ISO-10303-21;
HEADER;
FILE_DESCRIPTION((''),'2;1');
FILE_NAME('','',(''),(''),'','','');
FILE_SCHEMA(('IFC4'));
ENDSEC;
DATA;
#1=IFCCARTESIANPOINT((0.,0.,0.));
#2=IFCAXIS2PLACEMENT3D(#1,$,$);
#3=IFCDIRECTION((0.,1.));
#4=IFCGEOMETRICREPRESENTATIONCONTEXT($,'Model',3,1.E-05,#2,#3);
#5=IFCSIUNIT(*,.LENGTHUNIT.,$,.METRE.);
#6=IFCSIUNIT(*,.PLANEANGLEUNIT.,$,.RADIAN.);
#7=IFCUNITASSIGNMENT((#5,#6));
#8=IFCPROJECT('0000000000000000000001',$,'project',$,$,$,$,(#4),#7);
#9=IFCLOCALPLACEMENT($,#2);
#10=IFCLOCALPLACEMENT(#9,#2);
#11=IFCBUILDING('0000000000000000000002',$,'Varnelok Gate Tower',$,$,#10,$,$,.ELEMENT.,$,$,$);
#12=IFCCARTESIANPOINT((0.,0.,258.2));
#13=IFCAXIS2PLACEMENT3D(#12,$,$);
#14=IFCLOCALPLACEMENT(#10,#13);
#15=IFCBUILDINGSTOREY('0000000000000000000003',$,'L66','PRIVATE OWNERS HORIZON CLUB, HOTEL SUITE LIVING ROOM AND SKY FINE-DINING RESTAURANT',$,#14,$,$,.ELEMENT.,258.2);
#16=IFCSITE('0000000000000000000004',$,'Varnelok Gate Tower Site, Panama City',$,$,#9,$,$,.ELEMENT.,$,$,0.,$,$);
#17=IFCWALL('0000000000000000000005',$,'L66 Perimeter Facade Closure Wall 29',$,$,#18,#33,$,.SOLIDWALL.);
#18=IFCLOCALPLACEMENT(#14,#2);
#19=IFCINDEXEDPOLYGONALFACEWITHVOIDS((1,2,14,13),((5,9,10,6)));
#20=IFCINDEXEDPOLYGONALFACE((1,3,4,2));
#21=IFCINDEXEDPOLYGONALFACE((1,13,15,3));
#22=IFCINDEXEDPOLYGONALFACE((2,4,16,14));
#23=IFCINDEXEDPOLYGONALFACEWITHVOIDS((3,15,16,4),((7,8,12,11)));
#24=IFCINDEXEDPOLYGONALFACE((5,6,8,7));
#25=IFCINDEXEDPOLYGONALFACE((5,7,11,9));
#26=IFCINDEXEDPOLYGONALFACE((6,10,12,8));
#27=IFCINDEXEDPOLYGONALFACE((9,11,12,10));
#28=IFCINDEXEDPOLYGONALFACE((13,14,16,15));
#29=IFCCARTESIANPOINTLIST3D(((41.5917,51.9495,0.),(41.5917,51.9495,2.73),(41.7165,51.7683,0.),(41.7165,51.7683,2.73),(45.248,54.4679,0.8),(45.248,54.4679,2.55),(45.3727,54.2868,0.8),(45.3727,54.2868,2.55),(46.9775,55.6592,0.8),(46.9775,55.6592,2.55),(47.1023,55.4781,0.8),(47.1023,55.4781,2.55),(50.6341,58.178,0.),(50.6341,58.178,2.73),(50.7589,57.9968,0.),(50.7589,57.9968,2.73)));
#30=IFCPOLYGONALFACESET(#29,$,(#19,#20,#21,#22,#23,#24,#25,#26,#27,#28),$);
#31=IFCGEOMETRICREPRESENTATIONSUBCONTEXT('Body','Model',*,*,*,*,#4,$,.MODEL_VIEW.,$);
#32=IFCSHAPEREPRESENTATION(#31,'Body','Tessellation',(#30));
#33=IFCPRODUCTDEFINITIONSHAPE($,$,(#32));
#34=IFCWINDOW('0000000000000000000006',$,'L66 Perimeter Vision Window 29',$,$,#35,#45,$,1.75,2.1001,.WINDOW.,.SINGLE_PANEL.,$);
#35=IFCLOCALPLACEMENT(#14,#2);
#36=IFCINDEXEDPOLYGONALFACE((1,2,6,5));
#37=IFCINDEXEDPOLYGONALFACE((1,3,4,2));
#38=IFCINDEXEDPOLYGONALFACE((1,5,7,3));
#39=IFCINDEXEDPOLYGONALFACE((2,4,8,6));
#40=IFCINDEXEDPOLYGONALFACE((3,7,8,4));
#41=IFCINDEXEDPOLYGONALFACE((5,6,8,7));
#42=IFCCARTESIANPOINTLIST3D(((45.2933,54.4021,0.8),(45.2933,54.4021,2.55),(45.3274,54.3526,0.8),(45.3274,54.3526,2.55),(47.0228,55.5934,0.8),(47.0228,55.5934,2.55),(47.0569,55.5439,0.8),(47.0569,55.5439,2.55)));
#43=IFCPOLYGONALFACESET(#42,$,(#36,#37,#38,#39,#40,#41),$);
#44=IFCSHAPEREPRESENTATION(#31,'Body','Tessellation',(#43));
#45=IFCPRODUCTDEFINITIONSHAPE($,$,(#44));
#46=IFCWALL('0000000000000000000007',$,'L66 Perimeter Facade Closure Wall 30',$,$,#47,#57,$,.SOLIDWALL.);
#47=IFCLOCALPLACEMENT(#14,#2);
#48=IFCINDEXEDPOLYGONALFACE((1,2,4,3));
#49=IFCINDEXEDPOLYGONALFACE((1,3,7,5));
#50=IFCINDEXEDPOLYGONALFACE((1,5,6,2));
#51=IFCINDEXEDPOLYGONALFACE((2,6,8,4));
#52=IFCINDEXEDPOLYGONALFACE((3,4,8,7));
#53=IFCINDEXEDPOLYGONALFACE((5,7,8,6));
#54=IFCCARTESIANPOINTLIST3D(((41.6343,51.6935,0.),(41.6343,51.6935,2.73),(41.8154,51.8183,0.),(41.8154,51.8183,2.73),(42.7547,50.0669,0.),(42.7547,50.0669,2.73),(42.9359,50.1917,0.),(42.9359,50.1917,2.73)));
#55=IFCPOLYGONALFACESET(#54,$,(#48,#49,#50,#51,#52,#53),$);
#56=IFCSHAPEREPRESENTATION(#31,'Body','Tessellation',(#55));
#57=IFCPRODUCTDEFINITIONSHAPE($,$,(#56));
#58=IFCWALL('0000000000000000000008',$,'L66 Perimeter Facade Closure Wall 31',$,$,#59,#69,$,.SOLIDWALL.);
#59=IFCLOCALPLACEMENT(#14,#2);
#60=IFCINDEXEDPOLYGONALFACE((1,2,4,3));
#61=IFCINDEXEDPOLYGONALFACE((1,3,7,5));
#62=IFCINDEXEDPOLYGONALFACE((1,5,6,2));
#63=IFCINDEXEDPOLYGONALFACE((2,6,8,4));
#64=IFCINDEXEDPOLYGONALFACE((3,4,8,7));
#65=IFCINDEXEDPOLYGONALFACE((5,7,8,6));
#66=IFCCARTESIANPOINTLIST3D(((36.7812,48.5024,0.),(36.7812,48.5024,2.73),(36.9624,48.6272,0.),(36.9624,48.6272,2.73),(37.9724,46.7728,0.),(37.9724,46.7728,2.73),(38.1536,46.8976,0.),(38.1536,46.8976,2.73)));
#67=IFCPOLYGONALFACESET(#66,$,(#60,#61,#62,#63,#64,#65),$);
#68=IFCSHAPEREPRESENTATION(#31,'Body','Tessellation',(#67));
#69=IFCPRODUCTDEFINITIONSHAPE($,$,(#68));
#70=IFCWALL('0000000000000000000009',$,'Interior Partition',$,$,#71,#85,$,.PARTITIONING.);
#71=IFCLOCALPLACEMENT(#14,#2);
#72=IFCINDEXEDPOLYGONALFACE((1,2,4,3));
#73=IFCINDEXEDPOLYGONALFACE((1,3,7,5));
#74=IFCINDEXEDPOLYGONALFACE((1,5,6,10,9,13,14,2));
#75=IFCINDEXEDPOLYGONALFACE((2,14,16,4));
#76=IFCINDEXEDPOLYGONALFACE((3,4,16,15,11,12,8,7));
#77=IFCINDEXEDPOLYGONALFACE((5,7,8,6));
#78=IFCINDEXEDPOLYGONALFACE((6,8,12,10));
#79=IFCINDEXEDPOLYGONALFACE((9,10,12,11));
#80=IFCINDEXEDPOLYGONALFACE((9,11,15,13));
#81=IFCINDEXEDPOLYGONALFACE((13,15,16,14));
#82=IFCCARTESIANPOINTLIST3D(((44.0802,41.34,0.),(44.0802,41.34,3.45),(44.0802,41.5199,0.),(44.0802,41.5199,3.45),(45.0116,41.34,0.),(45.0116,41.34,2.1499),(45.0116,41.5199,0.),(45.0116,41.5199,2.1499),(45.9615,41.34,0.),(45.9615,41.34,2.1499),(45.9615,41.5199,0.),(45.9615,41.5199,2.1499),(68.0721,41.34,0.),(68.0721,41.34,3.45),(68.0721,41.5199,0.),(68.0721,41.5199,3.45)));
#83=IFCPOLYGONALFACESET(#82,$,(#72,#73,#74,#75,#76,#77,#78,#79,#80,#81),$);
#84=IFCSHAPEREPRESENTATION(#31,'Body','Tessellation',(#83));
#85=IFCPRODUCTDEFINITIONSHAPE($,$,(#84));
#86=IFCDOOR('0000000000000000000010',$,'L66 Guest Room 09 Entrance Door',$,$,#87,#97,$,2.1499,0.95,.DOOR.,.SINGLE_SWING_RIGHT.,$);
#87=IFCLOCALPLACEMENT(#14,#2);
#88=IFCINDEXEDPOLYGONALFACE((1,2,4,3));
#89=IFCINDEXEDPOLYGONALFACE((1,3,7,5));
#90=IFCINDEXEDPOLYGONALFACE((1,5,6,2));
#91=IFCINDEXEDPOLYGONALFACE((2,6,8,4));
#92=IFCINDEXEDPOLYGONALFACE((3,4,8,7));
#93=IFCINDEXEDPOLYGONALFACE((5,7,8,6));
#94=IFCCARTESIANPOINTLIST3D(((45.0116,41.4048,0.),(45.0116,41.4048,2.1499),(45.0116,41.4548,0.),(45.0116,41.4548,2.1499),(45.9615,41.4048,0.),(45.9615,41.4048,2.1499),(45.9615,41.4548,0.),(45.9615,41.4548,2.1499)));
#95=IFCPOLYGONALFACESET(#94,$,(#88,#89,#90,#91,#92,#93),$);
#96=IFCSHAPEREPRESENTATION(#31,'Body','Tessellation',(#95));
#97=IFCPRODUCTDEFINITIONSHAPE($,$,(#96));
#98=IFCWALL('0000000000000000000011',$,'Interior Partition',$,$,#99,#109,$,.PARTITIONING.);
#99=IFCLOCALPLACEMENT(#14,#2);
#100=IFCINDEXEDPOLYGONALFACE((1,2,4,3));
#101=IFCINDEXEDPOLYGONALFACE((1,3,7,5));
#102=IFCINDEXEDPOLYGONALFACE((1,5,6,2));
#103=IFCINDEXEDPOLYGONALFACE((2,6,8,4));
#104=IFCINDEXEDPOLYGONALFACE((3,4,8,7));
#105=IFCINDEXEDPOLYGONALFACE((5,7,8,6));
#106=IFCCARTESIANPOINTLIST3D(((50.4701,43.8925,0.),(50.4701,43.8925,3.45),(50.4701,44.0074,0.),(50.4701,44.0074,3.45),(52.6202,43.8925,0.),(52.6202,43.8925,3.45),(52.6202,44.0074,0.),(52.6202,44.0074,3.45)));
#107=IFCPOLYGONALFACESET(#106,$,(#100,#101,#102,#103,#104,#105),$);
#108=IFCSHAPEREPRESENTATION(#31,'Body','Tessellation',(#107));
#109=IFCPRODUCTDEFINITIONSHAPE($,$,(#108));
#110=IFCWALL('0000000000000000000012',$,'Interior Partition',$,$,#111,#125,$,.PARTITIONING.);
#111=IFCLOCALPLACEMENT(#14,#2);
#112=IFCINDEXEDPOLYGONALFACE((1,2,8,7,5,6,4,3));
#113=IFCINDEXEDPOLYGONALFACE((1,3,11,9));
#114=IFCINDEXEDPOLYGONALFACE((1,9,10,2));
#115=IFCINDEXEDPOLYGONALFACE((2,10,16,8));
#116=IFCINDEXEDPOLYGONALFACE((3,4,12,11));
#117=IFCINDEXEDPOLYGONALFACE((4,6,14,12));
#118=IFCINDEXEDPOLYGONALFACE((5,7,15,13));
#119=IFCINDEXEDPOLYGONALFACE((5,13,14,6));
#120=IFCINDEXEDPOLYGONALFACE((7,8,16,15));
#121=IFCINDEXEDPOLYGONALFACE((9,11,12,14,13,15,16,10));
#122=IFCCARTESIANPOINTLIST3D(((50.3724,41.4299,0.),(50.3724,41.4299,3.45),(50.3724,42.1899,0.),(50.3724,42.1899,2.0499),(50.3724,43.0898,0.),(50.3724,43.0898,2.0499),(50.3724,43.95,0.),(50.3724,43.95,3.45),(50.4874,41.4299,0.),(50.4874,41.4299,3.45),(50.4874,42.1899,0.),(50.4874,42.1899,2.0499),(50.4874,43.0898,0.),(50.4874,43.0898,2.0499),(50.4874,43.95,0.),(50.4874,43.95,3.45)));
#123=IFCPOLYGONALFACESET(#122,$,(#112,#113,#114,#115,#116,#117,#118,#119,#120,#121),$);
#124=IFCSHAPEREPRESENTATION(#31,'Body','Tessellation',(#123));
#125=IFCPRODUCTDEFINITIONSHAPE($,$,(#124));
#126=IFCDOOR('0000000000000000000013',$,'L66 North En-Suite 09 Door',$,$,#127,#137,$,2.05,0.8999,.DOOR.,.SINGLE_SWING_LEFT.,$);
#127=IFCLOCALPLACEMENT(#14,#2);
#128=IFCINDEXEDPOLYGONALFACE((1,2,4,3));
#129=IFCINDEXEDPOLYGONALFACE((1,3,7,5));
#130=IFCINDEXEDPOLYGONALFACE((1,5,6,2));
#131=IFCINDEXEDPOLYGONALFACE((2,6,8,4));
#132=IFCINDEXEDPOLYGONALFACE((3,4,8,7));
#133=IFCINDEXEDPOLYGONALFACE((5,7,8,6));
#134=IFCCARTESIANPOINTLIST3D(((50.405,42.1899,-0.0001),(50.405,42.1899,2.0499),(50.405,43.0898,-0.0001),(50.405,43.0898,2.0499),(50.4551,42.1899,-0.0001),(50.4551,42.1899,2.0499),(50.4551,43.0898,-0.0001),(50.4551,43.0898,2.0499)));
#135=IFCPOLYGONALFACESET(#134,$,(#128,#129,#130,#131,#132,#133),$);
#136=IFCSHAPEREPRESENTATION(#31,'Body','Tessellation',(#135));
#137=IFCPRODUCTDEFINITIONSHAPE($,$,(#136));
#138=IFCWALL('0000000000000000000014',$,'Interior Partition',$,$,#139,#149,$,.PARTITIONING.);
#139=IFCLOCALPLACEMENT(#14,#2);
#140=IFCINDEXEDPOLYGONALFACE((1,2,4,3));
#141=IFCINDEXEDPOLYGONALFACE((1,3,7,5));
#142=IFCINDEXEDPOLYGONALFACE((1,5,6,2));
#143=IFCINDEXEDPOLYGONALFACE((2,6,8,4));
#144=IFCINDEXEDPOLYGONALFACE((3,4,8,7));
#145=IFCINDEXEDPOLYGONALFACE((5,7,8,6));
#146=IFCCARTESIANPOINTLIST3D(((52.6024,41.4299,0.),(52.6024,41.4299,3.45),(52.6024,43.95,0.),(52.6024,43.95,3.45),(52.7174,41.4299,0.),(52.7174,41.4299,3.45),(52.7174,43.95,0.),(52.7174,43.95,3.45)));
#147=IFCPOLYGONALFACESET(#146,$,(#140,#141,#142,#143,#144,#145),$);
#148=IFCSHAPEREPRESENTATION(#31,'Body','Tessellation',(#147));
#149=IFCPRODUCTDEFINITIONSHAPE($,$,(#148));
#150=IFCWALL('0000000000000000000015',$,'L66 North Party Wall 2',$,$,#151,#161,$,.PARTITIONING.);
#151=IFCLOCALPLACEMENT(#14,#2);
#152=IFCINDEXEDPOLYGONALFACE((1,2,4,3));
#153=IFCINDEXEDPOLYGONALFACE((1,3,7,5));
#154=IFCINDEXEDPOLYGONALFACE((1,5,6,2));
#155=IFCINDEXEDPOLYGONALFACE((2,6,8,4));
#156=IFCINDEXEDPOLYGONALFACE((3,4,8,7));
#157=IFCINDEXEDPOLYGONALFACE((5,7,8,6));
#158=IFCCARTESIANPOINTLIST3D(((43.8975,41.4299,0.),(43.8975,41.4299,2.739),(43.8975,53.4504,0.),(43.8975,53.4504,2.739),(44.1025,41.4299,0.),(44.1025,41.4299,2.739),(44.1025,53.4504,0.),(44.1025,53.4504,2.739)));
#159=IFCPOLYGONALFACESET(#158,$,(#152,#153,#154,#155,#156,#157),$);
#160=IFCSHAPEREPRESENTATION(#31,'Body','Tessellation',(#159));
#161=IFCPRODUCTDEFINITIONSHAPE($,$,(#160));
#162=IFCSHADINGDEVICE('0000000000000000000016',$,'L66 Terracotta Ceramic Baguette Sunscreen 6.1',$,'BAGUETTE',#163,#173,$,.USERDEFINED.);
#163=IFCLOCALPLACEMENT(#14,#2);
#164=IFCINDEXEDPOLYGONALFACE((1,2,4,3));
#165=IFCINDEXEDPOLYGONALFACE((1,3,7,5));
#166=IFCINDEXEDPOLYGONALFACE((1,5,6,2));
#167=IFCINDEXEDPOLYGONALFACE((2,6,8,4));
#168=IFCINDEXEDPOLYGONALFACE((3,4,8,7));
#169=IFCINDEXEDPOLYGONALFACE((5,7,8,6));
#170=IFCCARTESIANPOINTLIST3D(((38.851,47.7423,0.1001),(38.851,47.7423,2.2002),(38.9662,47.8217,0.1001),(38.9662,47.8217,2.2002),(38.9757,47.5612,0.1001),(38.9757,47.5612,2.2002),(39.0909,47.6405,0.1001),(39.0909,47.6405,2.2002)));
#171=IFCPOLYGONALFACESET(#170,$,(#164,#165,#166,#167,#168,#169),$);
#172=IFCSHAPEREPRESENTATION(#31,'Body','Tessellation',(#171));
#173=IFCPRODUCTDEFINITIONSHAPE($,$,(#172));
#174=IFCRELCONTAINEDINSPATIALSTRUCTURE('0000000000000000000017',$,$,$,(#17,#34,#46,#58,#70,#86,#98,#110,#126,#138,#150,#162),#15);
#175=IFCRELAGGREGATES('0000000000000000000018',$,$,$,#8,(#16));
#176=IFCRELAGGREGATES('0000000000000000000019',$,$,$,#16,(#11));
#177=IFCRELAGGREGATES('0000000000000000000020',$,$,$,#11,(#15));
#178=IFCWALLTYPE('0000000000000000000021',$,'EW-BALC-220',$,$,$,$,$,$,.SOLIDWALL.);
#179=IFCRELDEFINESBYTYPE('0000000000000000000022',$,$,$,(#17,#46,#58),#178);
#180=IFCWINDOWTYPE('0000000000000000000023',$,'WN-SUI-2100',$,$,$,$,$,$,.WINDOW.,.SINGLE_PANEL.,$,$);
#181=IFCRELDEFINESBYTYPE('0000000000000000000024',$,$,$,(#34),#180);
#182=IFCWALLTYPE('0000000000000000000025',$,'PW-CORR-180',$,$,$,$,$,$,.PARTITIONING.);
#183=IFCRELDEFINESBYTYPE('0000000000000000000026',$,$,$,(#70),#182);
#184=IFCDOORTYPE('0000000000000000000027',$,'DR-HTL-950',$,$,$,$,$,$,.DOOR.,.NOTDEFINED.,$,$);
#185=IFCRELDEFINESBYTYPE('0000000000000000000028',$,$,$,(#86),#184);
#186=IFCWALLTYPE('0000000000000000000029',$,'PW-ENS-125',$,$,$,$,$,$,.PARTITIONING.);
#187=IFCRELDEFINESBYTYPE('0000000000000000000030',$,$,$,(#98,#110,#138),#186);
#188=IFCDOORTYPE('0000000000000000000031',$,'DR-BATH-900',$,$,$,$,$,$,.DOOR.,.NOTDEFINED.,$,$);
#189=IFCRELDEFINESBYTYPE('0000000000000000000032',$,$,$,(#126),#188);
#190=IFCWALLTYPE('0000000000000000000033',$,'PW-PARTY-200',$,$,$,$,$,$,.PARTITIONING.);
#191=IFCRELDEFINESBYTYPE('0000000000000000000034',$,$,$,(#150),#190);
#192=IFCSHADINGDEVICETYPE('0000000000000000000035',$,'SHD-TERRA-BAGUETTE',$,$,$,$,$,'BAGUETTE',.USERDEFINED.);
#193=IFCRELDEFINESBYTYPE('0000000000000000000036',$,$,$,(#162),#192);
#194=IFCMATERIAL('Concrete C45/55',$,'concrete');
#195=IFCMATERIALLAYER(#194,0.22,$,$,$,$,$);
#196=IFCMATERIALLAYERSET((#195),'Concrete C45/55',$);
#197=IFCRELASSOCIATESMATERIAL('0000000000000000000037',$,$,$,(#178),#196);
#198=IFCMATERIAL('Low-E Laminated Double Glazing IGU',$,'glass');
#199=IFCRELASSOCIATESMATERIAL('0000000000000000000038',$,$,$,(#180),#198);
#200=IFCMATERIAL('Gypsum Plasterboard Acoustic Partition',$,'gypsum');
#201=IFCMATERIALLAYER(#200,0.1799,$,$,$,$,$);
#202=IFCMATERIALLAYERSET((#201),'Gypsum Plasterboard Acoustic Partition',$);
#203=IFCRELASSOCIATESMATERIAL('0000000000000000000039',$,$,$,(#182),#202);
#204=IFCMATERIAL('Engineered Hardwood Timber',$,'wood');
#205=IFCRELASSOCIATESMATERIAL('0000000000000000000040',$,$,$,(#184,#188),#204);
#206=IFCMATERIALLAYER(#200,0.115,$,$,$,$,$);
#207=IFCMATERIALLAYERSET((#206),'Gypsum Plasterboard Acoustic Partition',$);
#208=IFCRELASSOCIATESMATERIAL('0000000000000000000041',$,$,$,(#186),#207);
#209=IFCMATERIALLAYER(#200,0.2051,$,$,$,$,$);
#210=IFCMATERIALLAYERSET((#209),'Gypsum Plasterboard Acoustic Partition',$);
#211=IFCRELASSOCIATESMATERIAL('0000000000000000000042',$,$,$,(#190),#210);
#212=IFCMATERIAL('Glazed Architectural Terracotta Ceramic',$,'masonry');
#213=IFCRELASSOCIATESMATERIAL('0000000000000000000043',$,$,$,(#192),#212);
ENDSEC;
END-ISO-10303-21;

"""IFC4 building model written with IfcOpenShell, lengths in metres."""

from ifc_helpers import new_model, si_unit, direction, frame, frame_2d, origin, origin_2d, place, context, subcontext, project, spatial, rectangle, extrude, source, transform, mapped, material, layer, layer_set, type_object, element, fill, save


model = new_model("IFC4")

# Units and contexts
model_context = context("Model", 3, precision=1e-05, world=origin(), true_north=direction((0.0, 1.0)))
body_context = subcontext(model_context, "Body", "Model", "MODEL_VIEW")
ifc_project = project(units=[si_unit("LENGTHUNIT", "METRE"), si_unit("PLANEANGLEUNIT", "RADIAN")], contexts=[model_context])

# Site, building, storey
site_placement = place(None, origin())
site = spatial("IfcSite", under=ifc_project, at=site_placement, Name="Varnelok Gate Tower Site, Panama City", CompositionType="ELEMENT", RefElevation=0.0)
building_placement = place(site_placement, origin())
building = spatial("IfcBuilding", under=site, at=building_placement, Name="Varnelok Gate Tower", CompositionType="ELEMENT")
storey_placement = place(building_placement, frame((0.0, 0.0, 258.2)))
storey = spatial("IfcBuildingStorey", under=building, at=storey_placement, Name="L66", Description="PRIVATE OWNERS HORIZON CLUB, HOTEL SUITE LIVING ROOM AND SKY FINE-DINING RESTAURANT", CompositionType="ELEMENT", Elevation=258.2)

# Shared definitions
ifc_material_1 = material(Name="Concrete C45/55", Category="concrete")
ifc_layer_1 = layer(ifc_material_1, 0.22)
ifc_layer_set_1 = layer_set([ifc_layer_1], Name="Concrete C45/55")
wall_type_1 = type_object("IfcWallType", Name="EW-BALC-220", PredefinedType="SOLIDWALL", material=ifc_layer_set_1)

# Wall, opening, window
wall_1_placement = place(storey_placement, frame((50.6965, 58.0874, 0.0), z_axis=(0.0, 0.0, 1.0), x_axis=(-0.823539, -0.567259, 0.0)))
wall_1 = element("IfcWall", 1, at=wall_1_placement, inside=storey, type_object=wall_type_1, Name="L66 Perimeter Facade Closure Wall 29", PredefinedType="SOLIDWALL", context=body_context, shape_type="SweptSolid", body=[
    extrude(rectangle(XDim=10.98, YDim=0.22, at=frame_2d((5.49, 0.0))), origin(), (0.0, 0.0, 1.0), 2.73),
])
opening_1_placement = place(wall_1_placement, frame((4.4402, 0.0, 0.8)))
opening_1 = element("IfcOpeningElement", 2, at=opening_1_placement, cuts=wall_1, PredefinedType="OPENING", context=body_context, shape_type="SweptSolid", body=[
    extrude(rectangle(XDim=2.1001, YDim=1.75, at=frame_2d((1.05, 0.875))), frame((0.0, 0.1199, 0.0), z_axis=(0.0, -1.0, 0.0), x_axis=(1.0, 0.0, 0.0)), (0.0, 0.0, 1.0), 0.24),
])
ifc_material_2 = material(Name="Low-E Laminated Double Glazing IGU", Category="glass")
window_type = type_object("IfcWindowType", Name="WN-SUI-2100", PartitioningType="SINGLE_PANEL", PredefinedType="WINDOW", material=ifc_material_2)
window_placement = place(opening_1_placement, origin())
window = element("IfcWindow", 3, at=window_placement, inside=storey, type_object=window_type, Name="L66 Perimeter Vision Window 29", OverallHeight=1.75, OverallWidth=2.1001, PartitioningType="SINGLE_PANEL", PredefinedType="WINDOW", context=body_context, shape_type="SweptSolid", body=[
    extrude(rectangle(XDim=2.1001, YDim=1.75, at=frame_2d((1.05, 0.875))), frame((0.0, 0.03, 0.0), z_axis=(0.0, -1.0, 0.0), x_axis=(1.0, 0.0, 0.0)), (0.0, 0.0, 1.0), 0.0601),
])
fill(opening_1, window)

# Walls
wall_2_placement = place(storey_placement, frame((41.7249, 51.7559, 0.0), z_axis=(0.0, 0.0, 1.0), x_axis=(0.567274, -0.823529, 0.0)))
element("IfcWall", 4, at=wall_2_placement, inside=storey, type_object=wall_type_1, Name="L66 Perimeter Facade Closure Wall 30", PredefinedType="SOLIDWALL", context=body_context, shape_type="SweptSolid", body=[
    extrude(rectangle(XDim=1.9751, YDim=0.22, at=frame_2d((0.9875, 0.0))), origin(), (0.0, 0.0, 1.0), 2.73),
])
wall_3_placement = place(storey_placement, frame((38.063, 46.8352, 0.0), z_axis=(0.0, 0.0, 1.0), x_axis=(-0.567219, 0.823567, 0.0)))
element("IfcWall", 5, at=wall_3_placement, inside=storey, type_object=wall_type_1, Name="L66 Perimeter Facade Closure Wall 31", PredefinedType="SOLIDWALL", context=body_context, shape_type="SweptSolid", body=[
    extrude(rectangle(XDim=2.1001, YDim=0.22, at=frame_2d((1.05, 0.0))), origin(), (0.0, 0.0, 1.0), 2.73),
])

# Wall, opening, door
ifc_material_3 = material(Name="Gypsum Plasterboard Acoustic Partition", Category="gypsum")
ifc_layer_2 = layer(ifc_material_3, 0.1799)
ifc_layer_set_2 = layer_set([ifc_layer_2], Name="Gypsum Plasterboard Acoustic Partition")
wall_type_2 = type_object("IfcWallType", Name="PW-CORR-180", PredefinedType="PARTITIONING", material=ifc_layer_set_2)
wall_4_placement = place(storey_placement, frame((44.0801, 41.4299, 0.0), z_axis=(0.0, 0.0, 1.0), x_axis=(1.0, 0.0, 0.0)))
wall_4 = element("IfcWall", 6, at=wall_4_placement, inside=storey, type_object=wall_type_2, Name="Interior Partition", PredefinedType="PARTITIONING", context=body_context, shape_type="SweptSolid", body=[
    extrude(rectangle(XDim=23.9919, YDim=0.1799, at=frame_2d((11.9961, 0.0))), origin(), (0.0, 0.0, 1.0), 3.45),
])
opening_2_placement = place(wall_4_placement, frame((0.9314, 0.0, 0.0)))
opening_2 = element("IfcOpeningElement", 7, at=opening_2_placement, cuts=wall_4, PredefinedType="OPENING", context=body_context, shape_type="SweptSolid", body=[
    extrude(rectangle(XDim=0.95, YDim=2.1499, at=frame_2d((0.4751, 1.075))), frame((0.0, 0.0999, 0.0), z_axis=(0.0, -1.0, 0.0), x_axis=(1.0, 0.0, 0.0)), (0.0, 0.0, 1.0), 0.2),
])
ifc_material_4 = material(Name="Engineered Hardwood Timber", Category="wood")
door_type_1 = type_object("IfcDoorType", Name="DR-HTL-950", OperationType="NOTDEFINED", PredefinedType="DOOR", material=ifc_material_4)
door_1_placement = place(opening_2_placement, origin())
door_1 = element("IfcDoor", 8, at=door_1_placement, inside=storey, type_object=door_type_1, Name="L66 Guest Room 09 Entrance Door", OperationType="SINGLE_SWING_RIGHT", OverallHeight=2.1499, OverallWidth=0.95, PredefinedType="DOOR", context=body_context, shape_type="SweptSolid", body=[
    extrude(rectangle(XDim=0.95, YDim=2.1499, at=frame_2d((0.4751, 1.075))), frame((0.0, 0.0249, 0.0), z_axis=(0.0, -1.0, 0.0), x_axis=(1.0, 0.0, 0.0)), (0.0, 0.0, 1.0), 0.05),
])
fill(opening_2, door_1)

# Wall
ifc_layer_3 = layer(ifc_material_3, 0.115)
ifc_layer_set_3 = layer_set([ifc_layer_3], Name="Gypsum Plasterboard Acoustic Partition")
wall_type_3 = type_object("IfcWallType", Name="PW-ENS-125", PredefinedType="PARTITIONING", material=ifc_layer_set_3)
wall_5_placement = place(storey_placement, frame((50.47, 43.95, 0.0), z_axis=(0.0, 0.0, 1.0), x_axis=(1.0, 0.0, 0.0)))
element("IfcWall", 9, at=wall_5_placement, inside=storey, type_object=wall_type_3, Name="Interior Partition", PredefinedType="PARTITIONING", context=body_context, shape_type="SweptSolid", body=[
    extrude(rectangle(XDim=2.1501, YDim=0.115, at=frame_2d((1.0752, 0.0))), origin(), (0.0, 0.0, 1.0), 3.45),
])

# Wall, opening, door
wall_6_placement = place(storey_placement, frame((50.4299, 41.4299, 0.0), z_axis=(0.0, 0.0, 1.0), x_axis=(0.0, 1.0, 0.0)))
wall_6 = element("IfcWall", 10, at=wall_6_placement, inside=storey, type_object=wall_type_3, Name="Interior Partition", PredefinedType="PARTITIONING", context=body_context, shape_type="SweptSolid", body=[
    extrude(rectangle(XDim=2.52, YDim=0.115, at=frame_2d((1.26, 0.0))), origin(), (0.0, 0.0, 1.0), 3.45),
])
opening_3_placement = place(wall_6_placement, frame((0.76, 0.0, 0.0)))
opening_3 = element("IfcOpeningElement", 11, at=opening_3_placement, cuts=wall_6, PredefinedType="OPENING", context=body_context, shape_type="SweptSolid", body=[
    extrude(rectangle(XDim=0.8999, YDim=2.05, at=frame_2d((0.45, 1.0249))), frame((0.0, 0.0674, 0.0), z_axis=(0.0, -1.0, 0.0), x_axis=(1.0, 0.0, 0.0)), (0.0, 0.0, 1.0), 0.135),
])
door_type_2 = type_object("IfcDoorType", Name="DR-BATH-900", OperationType="NOTDEFINED", PredefinedType="DOOR", material=ifc_material_4)
door_2_placement = place(opening_3_placement, origin())
door_2 = element("IfcDoor", 12, at=door_2_placement, inside=storey, type_object=door_type_2, Name="L66 North En-Suite 09 Door", OperationType="SINGLE_SWING_LEFT", OverallHeight=2.05, OverallWidth=0.8999, PredefinedType="DOOR", context=body_context, shape_type="SweptSolid", body=[
    extrude(rectangle(XDim=0.8999, YDim=2.05, at=frame_2d((0.45, 1.0249))), frame((0.0, 0.0249, 0.0), z_axis=(0.0, -1.0, 0.0), x_axis=(1.0, 0.0, 0.0)), (0.0, 0.0, 1.0), 0.05),
])
fill(opening_3, door_2)

# Walls
wall_7_placement = place(storey_placement, frame((52.6599, 41.4299, 0.0), z_axis=(0.0, 0.0, 1.0), x_axis=(0.0, 1.0, 0.0)))
element("IfcWall", 13, at=wall_7_placement, inside=storey, type_object=wall_type_3, Name="Interior Partition", PredefinedType="PARTITIONING", context=body_context, shape_type="SweptSolid", body=[
    extrude(rectangle(XDim=2.52, YDim=0.115, at=frame_2d((1.26, 0.0))), origin(), (0.0, 0.0, 1.0), 3.45),
])
ifc_layer_4 = layer(ifc_material_3, 0.2051)
ifc_layer_set_4 = layer_set([ifc_layer_4], Name="Gypsum Plasterboard Acoustic Partition")
wall_type_4 = type_object("IfcWallType", Name="PW-PARTY-200", PredefinedType="PARTITIONING", material=ifc_layer_set_4)
wall_8_placement = place(storey_placement, frame((44.0, 41.4299, 0.0), z_axis=(0.0, 0.0, 1.0), x_axis=(0.0, 1.0, 0.0)))
element("IfcWall", 14, at=wall_8_placement, inside=storey, type_object=wall_type_4, Name="L66 North Party Wall 2", PredefinedType="PARTITIONING", context=body_context, shape_type="SweptSolid", body=[
    extrude(rectangle(XDim=12.0205, YDim=0.2051, at=frame_2d((6.0103, 0.0))), origin(), (0.0, 0.0, 1.0), 2.739),
])

# Shading device
ifc_material_5 = material(Name="Glazed Architectural Terracotta Ceramic", Category="masonry")
shading_device_type = type_object("IfcShadingDeviceType", Name="SHD-TERRA-BAGUETTE", ElementType="BAGUETTE", PredefinedType="USERDEFINED", material=ifc_material_5)
shared_shape_1 = source(origin(), body_context, "Body", "SweptSolid", [
    extrude(rectangle(XDim=0.1399, YDim=0.22, at=origin_2d()), origin(), (0.0, 0.0, 1.0), 2.1001),
])
shading_device_placement = place(storey_placement, frame((38.9709, 47.6914, 0.1001), z_axis=(0.0, 0.0, 1.0), x_axis=(0.823533, 0.567269, 0.0)))
element("IfcShadingDevice", 15, at=shading_device_placement, inside=storey, type_object=shading_device_type, Name="L66 Terracotta Ceramic Baguette Sunscreen 6.1", ObjectType="BAGUETTE", PredefinedType="USERDEFINED", context=body_context, shape_type="MappedRepresentation", body=[
    mapped(shared_shape_1, transform((0.0, 0.0, 0.0), scale=1.0)),
])

save(model, "model.ifc")
